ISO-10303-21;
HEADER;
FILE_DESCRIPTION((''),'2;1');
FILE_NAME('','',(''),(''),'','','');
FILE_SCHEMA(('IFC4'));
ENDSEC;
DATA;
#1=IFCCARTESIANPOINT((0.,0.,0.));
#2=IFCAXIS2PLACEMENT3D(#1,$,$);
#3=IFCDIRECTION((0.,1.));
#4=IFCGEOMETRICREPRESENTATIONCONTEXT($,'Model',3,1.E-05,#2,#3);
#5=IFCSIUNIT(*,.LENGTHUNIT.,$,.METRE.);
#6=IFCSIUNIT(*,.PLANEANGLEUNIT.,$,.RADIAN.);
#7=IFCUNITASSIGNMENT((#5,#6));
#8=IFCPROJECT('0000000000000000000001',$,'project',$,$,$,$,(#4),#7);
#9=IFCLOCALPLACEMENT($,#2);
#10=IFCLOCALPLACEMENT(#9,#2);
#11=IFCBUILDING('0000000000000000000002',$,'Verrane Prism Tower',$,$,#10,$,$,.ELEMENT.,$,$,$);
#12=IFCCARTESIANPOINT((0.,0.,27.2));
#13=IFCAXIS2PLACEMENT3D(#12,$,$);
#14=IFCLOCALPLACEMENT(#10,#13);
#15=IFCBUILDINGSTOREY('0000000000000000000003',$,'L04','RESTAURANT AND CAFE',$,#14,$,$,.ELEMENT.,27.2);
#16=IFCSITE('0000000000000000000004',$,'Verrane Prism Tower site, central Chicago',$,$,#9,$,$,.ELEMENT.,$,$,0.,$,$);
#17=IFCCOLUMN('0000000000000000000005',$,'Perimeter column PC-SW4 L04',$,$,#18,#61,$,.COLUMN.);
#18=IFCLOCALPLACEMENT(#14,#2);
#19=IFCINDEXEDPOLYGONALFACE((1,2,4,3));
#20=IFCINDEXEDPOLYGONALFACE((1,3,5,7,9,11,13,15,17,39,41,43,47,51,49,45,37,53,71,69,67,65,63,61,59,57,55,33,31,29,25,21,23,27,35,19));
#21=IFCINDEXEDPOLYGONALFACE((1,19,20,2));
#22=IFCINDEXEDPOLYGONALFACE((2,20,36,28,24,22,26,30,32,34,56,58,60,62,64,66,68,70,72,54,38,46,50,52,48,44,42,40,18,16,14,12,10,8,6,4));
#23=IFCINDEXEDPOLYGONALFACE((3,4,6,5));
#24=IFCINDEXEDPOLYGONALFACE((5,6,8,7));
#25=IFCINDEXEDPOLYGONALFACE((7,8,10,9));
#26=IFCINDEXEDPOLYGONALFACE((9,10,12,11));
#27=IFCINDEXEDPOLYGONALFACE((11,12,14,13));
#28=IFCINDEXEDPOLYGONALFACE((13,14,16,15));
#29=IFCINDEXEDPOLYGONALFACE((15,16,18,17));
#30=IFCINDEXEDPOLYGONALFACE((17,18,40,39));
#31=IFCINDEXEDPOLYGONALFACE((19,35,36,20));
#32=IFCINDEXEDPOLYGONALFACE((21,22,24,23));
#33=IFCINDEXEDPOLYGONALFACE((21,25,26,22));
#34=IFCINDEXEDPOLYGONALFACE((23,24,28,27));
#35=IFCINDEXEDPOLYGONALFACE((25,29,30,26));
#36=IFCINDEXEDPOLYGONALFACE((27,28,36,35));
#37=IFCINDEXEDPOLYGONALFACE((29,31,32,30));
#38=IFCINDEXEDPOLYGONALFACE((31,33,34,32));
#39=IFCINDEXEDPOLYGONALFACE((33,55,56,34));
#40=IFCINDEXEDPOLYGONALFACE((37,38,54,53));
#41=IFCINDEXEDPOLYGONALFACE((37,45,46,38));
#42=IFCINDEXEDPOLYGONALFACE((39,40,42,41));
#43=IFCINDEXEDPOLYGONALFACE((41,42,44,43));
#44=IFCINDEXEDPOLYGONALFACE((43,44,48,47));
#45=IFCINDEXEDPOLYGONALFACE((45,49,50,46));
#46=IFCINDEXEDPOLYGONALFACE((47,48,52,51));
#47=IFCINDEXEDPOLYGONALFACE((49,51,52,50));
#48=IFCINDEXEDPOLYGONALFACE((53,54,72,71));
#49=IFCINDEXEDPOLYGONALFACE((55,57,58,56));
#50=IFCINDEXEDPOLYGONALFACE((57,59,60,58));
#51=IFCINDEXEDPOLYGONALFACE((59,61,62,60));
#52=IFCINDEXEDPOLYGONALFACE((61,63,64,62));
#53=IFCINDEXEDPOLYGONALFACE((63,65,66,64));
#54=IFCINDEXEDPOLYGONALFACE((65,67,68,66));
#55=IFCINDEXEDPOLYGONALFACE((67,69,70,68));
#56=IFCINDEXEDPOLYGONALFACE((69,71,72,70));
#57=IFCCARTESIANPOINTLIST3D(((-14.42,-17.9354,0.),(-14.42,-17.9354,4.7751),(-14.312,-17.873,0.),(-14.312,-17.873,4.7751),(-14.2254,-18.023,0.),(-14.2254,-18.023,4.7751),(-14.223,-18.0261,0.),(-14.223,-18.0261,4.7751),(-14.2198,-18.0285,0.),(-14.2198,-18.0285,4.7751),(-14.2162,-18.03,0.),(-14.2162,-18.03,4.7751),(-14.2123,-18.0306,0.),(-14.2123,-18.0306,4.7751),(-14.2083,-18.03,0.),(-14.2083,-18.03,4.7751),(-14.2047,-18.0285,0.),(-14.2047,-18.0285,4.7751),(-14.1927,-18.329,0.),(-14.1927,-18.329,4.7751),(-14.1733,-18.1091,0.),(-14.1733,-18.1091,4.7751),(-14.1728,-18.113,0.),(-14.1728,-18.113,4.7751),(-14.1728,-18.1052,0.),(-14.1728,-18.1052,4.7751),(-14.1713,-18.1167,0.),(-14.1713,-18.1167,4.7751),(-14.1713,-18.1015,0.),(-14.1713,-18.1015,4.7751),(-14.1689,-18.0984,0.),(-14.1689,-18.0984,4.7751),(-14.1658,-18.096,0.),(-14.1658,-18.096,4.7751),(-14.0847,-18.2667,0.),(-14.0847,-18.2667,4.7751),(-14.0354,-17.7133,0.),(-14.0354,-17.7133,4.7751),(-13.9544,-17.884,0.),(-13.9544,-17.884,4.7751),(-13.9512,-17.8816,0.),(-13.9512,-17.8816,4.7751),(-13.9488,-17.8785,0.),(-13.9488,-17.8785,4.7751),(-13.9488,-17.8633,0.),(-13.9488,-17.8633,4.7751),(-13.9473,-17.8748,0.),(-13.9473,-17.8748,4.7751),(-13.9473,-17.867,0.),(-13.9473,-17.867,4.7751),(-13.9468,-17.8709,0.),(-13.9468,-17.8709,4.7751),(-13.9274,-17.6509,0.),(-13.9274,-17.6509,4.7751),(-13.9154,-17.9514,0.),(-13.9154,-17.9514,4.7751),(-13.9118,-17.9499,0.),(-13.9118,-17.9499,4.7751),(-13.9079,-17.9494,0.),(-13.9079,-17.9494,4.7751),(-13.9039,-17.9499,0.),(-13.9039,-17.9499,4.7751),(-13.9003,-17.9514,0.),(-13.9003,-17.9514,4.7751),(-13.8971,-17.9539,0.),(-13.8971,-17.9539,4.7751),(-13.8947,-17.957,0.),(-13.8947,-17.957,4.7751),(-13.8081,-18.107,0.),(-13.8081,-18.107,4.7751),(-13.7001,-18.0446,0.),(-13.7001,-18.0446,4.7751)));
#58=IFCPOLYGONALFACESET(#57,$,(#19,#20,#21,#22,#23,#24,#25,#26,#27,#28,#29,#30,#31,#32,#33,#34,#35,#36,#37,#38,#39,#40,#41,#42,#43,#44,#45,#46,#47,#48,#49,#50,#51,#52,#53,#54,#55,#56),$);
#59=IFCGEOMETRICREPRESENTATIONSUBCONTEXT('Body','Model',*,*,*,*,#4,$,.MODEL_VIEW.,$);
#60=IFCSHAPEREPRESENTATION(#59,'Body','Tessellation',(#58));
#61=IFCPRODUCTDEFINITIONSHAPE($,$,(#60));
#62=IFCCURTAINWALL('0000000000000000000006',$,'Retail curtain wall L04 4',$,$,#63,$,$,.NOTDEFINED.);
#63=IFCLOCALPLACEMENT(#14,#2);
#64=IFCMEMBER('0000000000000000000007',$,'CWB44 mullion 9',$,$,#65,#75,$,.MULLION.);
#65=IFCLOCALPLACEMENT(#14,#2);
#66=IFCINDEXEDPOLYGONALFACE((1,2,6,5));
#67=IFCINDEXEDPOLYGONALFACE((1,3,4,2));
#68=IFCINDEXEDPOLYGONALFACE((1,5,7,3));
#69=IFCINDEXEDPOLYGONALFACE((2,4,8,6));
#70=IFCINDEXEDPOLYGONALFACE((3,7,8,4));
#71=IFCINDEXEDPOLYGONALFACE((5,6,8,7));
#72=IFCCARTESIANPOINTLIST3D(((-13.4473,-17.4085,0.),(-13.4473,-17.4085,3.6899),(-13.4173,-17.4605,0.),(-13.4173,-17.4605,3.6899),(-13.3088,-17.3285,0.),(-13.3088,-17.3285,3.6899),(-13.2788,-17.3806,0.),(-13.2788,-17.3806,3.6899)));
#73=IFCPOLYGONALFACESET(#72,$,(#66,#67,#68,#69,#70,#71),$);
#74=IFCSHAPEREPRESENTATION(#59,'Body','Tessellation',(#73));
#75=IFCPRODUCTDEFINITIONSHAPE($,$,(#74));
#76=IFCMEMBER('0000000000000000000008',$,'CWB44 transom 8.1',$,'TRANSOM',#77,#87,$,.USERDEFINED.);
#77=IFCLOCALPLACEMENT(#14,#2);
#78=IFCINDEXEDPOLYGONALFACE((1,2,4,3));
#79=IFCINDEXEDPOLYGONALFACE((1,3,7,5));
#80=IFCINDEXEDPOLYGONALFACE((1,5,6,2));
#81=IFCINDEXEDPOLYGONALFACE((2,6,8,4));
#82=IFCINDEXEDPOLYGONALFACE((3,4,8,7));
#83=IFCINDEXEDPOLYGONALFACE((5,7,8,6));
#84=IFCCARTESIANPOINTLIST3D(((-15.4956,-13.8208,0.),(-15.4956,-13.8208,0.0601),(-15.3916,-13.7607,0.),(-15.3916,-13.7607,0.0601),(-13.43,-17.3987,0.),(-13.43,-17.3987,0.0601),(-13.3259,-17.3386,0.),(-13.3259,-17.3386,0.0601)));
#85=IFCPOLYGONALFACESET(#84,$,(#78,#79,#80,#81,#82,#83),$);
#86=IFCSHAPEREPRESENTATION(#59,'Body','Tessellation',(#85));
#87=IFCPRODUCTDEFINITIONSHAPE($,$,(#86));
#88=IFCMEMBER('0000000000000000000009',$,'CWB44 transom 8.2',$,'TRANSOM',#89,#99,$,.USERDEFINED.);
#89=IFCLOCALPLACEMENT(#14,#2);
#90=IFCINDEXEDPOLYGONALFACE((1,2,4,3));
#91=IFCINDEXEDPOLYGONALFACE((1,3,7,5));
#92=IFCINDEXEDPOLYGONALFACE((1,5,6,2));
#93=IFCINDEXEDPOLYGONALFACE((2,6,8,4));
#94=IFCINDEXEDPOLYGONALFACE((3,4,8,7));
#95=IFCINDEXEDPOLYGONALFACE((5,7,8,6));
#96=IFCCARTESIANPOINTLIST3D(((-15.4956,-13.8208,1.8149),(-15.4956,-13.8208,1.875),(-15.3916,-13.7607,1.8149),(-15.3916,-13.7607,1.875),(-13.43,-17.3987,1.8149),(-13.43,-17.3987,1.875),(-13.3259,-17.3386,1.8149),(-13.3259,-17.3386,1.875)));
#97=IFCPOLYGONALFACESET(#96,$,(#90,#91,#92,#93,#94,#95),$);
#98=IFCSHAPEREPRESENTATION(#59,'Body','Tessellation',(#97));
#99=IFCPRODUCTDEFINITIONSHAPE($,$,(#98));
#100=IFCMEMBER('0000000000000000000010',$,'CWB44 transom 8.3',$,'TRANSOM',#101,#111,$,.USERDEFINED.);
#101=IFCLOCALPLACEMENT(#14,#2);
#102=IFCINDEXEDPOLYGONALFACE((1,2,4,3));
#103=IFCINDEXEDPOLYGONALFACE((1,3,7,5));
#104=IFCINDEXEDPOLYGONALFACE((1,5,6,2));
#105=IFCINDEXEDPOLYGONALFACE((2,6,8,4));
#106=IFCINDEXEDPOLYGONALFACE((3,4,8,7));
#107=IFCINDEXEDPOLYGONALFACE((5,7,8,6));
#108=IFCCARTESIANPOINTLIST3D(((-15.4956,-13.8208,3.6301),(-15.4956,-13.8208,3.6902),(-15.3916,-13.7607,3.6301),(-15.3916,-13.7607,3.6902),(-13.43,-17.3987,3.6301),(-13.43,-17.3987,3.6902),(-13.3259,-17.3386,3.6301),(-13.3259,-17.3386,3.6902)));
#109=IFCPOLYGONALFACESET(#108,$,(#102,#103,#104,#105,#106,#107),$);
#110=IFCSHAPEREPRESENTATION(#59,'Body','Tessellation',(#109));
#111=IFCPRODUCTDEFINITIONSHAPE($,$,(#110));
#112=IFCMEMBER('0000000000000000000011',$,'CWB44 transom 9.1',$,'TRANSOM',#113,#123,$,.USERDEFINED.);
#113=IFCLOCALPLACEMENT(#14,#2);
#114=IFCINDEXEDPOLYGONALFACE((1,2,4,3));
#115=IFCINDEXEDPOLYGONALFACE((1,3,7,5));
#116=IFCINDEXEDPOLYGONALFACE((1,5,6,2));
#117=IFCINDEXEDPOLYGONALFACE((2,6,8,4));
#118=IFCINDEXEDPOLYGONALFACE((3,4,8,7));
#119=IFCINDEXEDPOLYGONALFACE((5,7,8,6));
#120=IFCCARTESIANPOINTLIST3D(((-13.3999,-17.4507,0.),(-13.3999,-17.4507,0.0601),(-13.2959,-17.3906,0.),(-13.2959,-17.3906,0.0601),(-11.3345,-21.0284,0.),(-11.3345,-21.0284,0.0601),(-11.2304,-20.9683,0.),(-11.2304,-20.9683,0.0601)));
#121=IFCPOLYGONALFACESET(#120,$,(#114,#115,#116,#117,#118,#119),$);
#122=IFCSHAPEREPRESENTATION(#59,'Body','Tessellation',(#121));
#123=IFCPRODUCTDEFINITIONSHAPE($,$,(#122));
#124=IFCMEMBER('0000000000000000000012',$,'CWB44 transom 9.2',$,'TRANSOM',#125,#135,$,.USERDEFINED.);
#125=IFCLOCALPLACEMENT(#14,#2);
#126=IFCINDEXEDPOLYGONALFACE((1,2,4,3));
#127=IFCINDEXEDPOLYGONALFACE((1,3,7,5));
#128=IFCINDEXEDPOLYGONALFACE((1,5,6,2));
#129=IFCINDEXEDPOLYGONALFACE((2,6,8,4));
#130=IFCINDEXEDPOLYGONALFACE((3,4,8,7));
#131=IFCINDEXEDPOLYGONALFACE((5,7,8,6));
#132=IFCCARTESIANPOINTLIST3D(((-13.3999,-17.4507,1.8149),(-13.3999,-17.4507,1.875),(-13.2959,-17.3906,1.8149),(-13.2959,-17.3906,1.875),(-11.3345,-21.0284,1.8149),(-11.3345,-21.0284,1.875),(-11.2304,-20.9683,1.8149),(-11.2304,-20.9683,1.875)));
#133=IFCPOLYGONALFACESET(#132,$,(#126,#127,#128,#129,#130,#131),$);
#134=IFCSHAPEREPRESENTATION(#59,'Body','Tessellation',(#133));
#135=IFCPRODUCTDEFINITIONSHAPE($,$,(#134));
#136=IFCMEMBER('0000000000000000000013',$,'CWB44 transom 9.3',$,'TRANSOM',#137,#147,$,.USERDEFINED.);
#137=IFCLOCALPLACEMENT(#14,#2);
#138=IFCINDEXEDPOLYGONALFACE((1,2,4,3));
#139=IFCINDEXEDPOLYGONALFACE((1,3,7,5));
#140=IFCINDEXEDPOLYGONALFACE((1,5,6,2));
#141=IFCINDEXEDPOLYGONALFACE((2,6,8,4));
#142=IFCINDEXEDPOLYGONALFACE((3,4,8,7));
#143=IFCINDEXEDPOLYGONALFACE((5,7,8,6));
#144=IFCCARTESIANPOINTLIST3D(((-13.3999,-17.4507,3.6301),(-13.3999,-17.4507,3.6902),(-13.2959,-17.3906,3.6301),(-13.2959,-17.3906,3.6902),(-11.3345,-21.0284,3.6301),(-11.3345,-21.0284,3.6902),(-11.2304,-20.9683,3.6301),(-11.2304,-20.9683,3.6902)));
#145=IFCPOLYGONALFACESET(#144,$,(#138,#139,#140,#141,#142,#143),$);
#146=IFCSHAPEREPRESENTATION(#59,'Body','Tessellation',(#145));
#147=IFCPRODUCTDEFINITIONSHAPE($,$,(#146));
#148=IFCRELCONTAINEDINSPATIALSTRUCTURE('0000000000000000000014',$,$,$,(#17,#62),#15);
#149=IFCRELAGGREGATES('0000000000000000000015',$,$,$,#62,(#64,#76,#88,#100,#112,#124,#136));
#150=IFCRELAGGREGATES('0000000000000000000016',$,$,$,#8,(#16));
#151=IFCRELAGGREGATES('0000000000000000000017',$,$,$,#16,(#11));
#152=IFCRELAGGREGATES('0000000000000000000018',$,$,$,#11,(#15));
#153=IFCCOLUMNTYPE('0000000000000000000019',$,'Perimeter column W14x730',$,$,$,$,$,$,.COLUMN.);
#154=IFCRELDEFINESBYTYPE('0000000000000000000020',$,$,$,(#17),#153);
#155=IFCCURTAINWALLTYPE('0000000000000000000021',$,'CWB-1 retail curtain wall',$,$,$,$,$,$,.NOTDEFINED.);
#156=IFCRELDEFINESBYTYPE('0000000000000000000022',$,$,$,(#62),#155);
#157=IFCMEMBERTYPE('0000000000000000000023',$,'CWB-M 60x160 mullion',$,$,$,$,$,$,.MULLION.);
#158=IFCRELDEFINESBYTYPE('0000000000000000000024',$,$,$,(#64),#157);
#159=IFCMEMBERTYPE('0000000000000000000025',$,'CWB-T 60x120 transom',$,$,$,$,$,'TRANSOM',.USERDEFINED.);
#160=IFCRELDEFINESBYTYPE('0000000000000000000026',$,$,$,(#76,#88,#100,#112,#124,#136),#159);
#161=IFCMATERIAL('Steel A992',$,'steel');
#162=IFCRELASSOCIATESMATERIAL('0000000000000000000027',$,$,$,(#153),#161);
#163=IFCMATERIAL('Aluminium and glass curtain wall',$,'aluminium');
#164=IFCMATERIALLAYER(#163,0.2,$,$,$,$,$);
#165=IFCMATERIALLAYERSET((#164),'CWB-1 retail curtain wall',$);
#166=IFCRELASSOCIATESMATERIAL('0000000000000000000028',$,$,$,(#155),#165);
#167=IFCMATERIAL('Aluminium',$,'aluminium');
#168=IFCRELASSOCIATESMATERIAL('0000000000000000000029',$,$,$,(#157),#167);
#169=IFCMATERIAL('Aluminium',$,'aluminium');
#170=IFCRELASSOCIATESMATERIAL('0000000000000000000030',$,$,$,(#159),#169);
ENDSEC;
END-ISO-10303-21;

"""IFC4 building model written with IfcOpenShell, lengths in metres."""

from ifc_helpers import new_model, si_unit, direction, frame, origin, origin_2d, place, context, subcontext, project, spatial, rectangle, i_section, extrude, material, layer, layer_set, material_profile, profile_set, type_object, element, aggregate, save


model = new_model("IFC4")

# Units and contexts
model_context = context("Model", 3, precision=1e-05, world=origin(), true_north=direction((0.0, 1.0)))
body_context = subcontext(model_context, "Body", "Model", "MODEL_VIEW")
ifc_project = project(units=[si_unit("LENGTHUNIT", "METRE"), si_unit("PLANEANGLEUNIT", "RADIAN")], contexts=[model_context])

# Site, building, storey
site_placement = place(None, origin())
site = spatial("IfcSite", under=ifc_project, at=site_placement, Name="Verrane Prism Tower site, central Chicago", CompositionType="ELEMENT", RefElevation=0.0)
building_placement = place(site_placement, origin())
building = spatial("IfcBuilding", under=site, at=building_placement, Name="Verrane Prism Tower", CompositionType="ELEMENT")
storey_placement = place(building_placement, frame((0.0, 0.0, 27.2)))
storey = spatial("IfcBuildingStorey", under=building, at=storey_placement, Name="L04", Description="RESTAURANT AND CAFE", CompositionType="ELEMENT", Elevation=27.2)

# Column
ifc_material_1 = material(Name="Steel A992", Category="steel")
ifc_material_profile_1 = material_profile(ifc_material_1, i_section(OverallWidth=0.4546, OverallDepth=0.5688, WebThickness=0.0779, FlangeThickness=0.1248, FilletRadius=0.0151, at=origin_2d()), Name="W14x730")
ifc_profile_set_1 = profile_set([ifc_material_profile_1], Name="Steel A992")
column_type = type_object("IfcColumnType", Name="Perimeter column W14x730", PredefinedType="COLUMN", material=ifc_profile_set_1)
column_placement = place(storey_placement, frame((-14.0601, -17.99, 0.0), z_axis=(0.0, 0.0, 1.0), x_axis=(-0.5, 0.866025, 0.0)))
element("IfcColumn", 1, at=column_placement, inside=storey, type_object=column_type, Name="Perimeter column PC-SW4 L04", PredefinedType="COLUMN", context=body_context, shape_type="SweptSolid", body=[
    extrude(i_section(OverallWidth=0.4546, OverallDepth=0.5688, WebThickness=0.0779, FlangeThickness=0.1248, FilletRadius=0.0151, at=origin_2d()), origin(), (0.0, 0.0, 1.0), 4.7751),
])

# Curtain wall, members
ifc_material_2 = material(Name="Aluminium and glass curtain wall", Category="aluminium")
ifc_layer_1 = layer(ifc_material_2, 0.2)
ifc_layer_set_1 = layer_set([ifc_layer_1], Name="CWB-1 retail curtain wall")
curtain_wall_type = type_object("IfcCurtainWallType", Name="CWB-1 retail curtain wall", PredefinedType="NOTDEFINED", material=ifc_layer_set_1)
curtain_wall_placement = place(storey_placement, origin())
curtain_wall = element("IfcCurtainWall", 2, at=curtain_wall_placement, inside=storey, type_object=curtain_wall_type, Name="Retail curtain wall L04 4", PredefinedType="NOTDEFINED")
ifc_material_3 = material(Name="Aluminium", Category="aluminium")
ifc_material_profile_2 = material_profile(ifc_material_3, rectangle(XDim=0.1599, YDim=0.0601, at=origin_2d()), Name="CWB-M 60x160 mullion")
ifc_profile_set_2 = profile_set([ifc_material_profile_2], Name="Aluminium")
member_type_1 = type_object("IfcMemberType", Name="CWB-M 60x160 mullion", PredefinedType="MULLION", material=ifc_profile_set_2)
member_1_placement = place(storey_placement, frame((-13.363, -17.3945, 0.0), z_axis=(0.0, 0.0, 1.0), x_axis=(0.866025, 0.5, 0.0)))
member_1 = element("IfcMember", 3, at=member_1_placement, type_object=member_type_1, Name="CWB44 mullion 9", PredefinedType="MULLION", context=body_context, shape_type="SweptSolid", body=[
    extrude(rectangle(XDim=0.1599, YDim=0.0601, at=origin_2d()), origin(), (0.0, 0.0, 1.0), 3.6899),
])
ifc_material_4 = material(Name="Aluminium", Category="aluminium")
ifc_material_profile_3 = material_profile(ifc_material_4, rectangle(XDim=0.1201, YDim=0.0601, at=origin_2d()), Name="CWB-T 60x120 transom")
ifc_profile_set_3 = profile_set([ifc_material_profile_3], Name="Aluminium")
member_type_2 = type_object("IfcMemberType", Name="CWB-T 60x120 transom", ElementType="TRANSOM", PredefinedType="USERDEFINED", material=ifc_profile_set_3)
member_2_placement = place(storey_placement, frame((-15.4436, -13.7908, 0.03), z_axis=(0.499997, -0.866027, 0.0), x_axis=(0.866027, 0.499997, 0.0)))
member_2 = element("IfcMember", 4, at=member_2_placement, type_object=member_type_2, Name="CWB44 transom 8.1", ObjectType="TRANSOM", PredefinedType="USERDEFINED", context=body_context, shape_type="SweptSolid", body=[
    extrude(rectangle(XDim=0.1201, YDim=0.0601, at=origin_2d()), origin(), (0.0, 0.0, 1.0), 4.1313),
])
member_3_placement = place(storey_placement, frame((-15.4436, -13.7908, 1.845), z_axis=(0.499997, -0.866027, 0.0), x_axis=(0.866027, 0.499997, 0.0)))
member_3 = element("IfcMember", 5, at=member_3_placement, type_object=member_type_2, Name="CWB44 transom 8.2", ObjectType="TRANSOM", PredefinedType="USERDEFINED", context=body_context, shape_type="SweptSolid", body=[
    extrude(rectangle(XDim=0.1201, YDim=0.0601, at=origin_2d()), origin(), (0.0, 0.0, 1.0), 4.1313),
])
member_4_placement = place(storey_placement, frame((-15.4436, -13.7908, 3.6602), z_axis=(0.499997, -0.866027, 0.0), x_axis=(0.866027, 0.499997, 0.0)))
member_4 = element("IfcMember", 6, at=member_4_placement, type_object=member_type_2, Name="CWB44 transom 8.3", ObjectType="TRANSOM", PredefinedType="USERDEFINED", context=body_context, shape_type="SweptSolid", body=[
    extrude(rectangle(XDim=0.1201, YDim=0.0601, at=origin_2d()), origin(), (0.0, 0.0, 1.0), 4.1313),
])
member_5_placement = place(storey_placement, frame((-13.3479, -17.4207, 0.03), z_axis=(0.499978, -0.866038, 0.0), x_axis=(0.866038, 0.499978, 0.0)))
member_5 = element("IfcMember", 7, at=member_5_placement, type_object=member_type_2, Name="CWB44 transom 9.1", ObjectType="TRANSOM", PredefinedType="USERDEFINED", context=body_context, shape_type="SweptSolid", body=[
    extrude(rectangle(XDim=0.1201, YDim=0.0601, at=origin_2d()), origin(), (0.0, 0.0, 1.0), 4.1311),
])
member_6_placement = place(storey_placement, frame((-13.3479, -17.4207, 1.845), z_axis=(0.499978, -0.866038, 0.0), x_axis=(0.866038, 0.499978, 0.0)))
member_6 = element("IfcMember", 8, at=member_6_placement, type_object=member_type_2, Name="CWB44 transom 9.2", ObjectType="TRANSOM", PredefinedType="USERDEFINED", context=body_context, shape_type="SweptSolid", body=[
    extrude(rectangle(XDim=0.1201, YDim=0.0601, at=origin_2d()), origin(), (0.0, 0.0, 1.0), 4.1311),
])
member_7_placement = place(storey_placement, frame((-13.3479, -17.4207, 3.6602), z_axis=(0.499978, -0.866038, 0.0), x_axis=(0.866038, 0.499978, 0.0)))
member_7 = element("IfcMember", 9, at=member_7_placement, type_object=member_type_2, Name="CWB44 transom 9.3", ObjectType="TRANSOM", PredefinedType="USERDEFINED", context=body_context, shape_type="SweptSolid", body=[
    extrude(rectangle(XDim=0.1201, YDim=0.0601, at=origin_2d()), origin(), (0.0, 0.0, 1.0), 4.1311),
])

aggregate(curtain_wall, [member_1, member_2, member_3, member_4, member_5, member_6, member_7])

save(model, "model.ifc")
